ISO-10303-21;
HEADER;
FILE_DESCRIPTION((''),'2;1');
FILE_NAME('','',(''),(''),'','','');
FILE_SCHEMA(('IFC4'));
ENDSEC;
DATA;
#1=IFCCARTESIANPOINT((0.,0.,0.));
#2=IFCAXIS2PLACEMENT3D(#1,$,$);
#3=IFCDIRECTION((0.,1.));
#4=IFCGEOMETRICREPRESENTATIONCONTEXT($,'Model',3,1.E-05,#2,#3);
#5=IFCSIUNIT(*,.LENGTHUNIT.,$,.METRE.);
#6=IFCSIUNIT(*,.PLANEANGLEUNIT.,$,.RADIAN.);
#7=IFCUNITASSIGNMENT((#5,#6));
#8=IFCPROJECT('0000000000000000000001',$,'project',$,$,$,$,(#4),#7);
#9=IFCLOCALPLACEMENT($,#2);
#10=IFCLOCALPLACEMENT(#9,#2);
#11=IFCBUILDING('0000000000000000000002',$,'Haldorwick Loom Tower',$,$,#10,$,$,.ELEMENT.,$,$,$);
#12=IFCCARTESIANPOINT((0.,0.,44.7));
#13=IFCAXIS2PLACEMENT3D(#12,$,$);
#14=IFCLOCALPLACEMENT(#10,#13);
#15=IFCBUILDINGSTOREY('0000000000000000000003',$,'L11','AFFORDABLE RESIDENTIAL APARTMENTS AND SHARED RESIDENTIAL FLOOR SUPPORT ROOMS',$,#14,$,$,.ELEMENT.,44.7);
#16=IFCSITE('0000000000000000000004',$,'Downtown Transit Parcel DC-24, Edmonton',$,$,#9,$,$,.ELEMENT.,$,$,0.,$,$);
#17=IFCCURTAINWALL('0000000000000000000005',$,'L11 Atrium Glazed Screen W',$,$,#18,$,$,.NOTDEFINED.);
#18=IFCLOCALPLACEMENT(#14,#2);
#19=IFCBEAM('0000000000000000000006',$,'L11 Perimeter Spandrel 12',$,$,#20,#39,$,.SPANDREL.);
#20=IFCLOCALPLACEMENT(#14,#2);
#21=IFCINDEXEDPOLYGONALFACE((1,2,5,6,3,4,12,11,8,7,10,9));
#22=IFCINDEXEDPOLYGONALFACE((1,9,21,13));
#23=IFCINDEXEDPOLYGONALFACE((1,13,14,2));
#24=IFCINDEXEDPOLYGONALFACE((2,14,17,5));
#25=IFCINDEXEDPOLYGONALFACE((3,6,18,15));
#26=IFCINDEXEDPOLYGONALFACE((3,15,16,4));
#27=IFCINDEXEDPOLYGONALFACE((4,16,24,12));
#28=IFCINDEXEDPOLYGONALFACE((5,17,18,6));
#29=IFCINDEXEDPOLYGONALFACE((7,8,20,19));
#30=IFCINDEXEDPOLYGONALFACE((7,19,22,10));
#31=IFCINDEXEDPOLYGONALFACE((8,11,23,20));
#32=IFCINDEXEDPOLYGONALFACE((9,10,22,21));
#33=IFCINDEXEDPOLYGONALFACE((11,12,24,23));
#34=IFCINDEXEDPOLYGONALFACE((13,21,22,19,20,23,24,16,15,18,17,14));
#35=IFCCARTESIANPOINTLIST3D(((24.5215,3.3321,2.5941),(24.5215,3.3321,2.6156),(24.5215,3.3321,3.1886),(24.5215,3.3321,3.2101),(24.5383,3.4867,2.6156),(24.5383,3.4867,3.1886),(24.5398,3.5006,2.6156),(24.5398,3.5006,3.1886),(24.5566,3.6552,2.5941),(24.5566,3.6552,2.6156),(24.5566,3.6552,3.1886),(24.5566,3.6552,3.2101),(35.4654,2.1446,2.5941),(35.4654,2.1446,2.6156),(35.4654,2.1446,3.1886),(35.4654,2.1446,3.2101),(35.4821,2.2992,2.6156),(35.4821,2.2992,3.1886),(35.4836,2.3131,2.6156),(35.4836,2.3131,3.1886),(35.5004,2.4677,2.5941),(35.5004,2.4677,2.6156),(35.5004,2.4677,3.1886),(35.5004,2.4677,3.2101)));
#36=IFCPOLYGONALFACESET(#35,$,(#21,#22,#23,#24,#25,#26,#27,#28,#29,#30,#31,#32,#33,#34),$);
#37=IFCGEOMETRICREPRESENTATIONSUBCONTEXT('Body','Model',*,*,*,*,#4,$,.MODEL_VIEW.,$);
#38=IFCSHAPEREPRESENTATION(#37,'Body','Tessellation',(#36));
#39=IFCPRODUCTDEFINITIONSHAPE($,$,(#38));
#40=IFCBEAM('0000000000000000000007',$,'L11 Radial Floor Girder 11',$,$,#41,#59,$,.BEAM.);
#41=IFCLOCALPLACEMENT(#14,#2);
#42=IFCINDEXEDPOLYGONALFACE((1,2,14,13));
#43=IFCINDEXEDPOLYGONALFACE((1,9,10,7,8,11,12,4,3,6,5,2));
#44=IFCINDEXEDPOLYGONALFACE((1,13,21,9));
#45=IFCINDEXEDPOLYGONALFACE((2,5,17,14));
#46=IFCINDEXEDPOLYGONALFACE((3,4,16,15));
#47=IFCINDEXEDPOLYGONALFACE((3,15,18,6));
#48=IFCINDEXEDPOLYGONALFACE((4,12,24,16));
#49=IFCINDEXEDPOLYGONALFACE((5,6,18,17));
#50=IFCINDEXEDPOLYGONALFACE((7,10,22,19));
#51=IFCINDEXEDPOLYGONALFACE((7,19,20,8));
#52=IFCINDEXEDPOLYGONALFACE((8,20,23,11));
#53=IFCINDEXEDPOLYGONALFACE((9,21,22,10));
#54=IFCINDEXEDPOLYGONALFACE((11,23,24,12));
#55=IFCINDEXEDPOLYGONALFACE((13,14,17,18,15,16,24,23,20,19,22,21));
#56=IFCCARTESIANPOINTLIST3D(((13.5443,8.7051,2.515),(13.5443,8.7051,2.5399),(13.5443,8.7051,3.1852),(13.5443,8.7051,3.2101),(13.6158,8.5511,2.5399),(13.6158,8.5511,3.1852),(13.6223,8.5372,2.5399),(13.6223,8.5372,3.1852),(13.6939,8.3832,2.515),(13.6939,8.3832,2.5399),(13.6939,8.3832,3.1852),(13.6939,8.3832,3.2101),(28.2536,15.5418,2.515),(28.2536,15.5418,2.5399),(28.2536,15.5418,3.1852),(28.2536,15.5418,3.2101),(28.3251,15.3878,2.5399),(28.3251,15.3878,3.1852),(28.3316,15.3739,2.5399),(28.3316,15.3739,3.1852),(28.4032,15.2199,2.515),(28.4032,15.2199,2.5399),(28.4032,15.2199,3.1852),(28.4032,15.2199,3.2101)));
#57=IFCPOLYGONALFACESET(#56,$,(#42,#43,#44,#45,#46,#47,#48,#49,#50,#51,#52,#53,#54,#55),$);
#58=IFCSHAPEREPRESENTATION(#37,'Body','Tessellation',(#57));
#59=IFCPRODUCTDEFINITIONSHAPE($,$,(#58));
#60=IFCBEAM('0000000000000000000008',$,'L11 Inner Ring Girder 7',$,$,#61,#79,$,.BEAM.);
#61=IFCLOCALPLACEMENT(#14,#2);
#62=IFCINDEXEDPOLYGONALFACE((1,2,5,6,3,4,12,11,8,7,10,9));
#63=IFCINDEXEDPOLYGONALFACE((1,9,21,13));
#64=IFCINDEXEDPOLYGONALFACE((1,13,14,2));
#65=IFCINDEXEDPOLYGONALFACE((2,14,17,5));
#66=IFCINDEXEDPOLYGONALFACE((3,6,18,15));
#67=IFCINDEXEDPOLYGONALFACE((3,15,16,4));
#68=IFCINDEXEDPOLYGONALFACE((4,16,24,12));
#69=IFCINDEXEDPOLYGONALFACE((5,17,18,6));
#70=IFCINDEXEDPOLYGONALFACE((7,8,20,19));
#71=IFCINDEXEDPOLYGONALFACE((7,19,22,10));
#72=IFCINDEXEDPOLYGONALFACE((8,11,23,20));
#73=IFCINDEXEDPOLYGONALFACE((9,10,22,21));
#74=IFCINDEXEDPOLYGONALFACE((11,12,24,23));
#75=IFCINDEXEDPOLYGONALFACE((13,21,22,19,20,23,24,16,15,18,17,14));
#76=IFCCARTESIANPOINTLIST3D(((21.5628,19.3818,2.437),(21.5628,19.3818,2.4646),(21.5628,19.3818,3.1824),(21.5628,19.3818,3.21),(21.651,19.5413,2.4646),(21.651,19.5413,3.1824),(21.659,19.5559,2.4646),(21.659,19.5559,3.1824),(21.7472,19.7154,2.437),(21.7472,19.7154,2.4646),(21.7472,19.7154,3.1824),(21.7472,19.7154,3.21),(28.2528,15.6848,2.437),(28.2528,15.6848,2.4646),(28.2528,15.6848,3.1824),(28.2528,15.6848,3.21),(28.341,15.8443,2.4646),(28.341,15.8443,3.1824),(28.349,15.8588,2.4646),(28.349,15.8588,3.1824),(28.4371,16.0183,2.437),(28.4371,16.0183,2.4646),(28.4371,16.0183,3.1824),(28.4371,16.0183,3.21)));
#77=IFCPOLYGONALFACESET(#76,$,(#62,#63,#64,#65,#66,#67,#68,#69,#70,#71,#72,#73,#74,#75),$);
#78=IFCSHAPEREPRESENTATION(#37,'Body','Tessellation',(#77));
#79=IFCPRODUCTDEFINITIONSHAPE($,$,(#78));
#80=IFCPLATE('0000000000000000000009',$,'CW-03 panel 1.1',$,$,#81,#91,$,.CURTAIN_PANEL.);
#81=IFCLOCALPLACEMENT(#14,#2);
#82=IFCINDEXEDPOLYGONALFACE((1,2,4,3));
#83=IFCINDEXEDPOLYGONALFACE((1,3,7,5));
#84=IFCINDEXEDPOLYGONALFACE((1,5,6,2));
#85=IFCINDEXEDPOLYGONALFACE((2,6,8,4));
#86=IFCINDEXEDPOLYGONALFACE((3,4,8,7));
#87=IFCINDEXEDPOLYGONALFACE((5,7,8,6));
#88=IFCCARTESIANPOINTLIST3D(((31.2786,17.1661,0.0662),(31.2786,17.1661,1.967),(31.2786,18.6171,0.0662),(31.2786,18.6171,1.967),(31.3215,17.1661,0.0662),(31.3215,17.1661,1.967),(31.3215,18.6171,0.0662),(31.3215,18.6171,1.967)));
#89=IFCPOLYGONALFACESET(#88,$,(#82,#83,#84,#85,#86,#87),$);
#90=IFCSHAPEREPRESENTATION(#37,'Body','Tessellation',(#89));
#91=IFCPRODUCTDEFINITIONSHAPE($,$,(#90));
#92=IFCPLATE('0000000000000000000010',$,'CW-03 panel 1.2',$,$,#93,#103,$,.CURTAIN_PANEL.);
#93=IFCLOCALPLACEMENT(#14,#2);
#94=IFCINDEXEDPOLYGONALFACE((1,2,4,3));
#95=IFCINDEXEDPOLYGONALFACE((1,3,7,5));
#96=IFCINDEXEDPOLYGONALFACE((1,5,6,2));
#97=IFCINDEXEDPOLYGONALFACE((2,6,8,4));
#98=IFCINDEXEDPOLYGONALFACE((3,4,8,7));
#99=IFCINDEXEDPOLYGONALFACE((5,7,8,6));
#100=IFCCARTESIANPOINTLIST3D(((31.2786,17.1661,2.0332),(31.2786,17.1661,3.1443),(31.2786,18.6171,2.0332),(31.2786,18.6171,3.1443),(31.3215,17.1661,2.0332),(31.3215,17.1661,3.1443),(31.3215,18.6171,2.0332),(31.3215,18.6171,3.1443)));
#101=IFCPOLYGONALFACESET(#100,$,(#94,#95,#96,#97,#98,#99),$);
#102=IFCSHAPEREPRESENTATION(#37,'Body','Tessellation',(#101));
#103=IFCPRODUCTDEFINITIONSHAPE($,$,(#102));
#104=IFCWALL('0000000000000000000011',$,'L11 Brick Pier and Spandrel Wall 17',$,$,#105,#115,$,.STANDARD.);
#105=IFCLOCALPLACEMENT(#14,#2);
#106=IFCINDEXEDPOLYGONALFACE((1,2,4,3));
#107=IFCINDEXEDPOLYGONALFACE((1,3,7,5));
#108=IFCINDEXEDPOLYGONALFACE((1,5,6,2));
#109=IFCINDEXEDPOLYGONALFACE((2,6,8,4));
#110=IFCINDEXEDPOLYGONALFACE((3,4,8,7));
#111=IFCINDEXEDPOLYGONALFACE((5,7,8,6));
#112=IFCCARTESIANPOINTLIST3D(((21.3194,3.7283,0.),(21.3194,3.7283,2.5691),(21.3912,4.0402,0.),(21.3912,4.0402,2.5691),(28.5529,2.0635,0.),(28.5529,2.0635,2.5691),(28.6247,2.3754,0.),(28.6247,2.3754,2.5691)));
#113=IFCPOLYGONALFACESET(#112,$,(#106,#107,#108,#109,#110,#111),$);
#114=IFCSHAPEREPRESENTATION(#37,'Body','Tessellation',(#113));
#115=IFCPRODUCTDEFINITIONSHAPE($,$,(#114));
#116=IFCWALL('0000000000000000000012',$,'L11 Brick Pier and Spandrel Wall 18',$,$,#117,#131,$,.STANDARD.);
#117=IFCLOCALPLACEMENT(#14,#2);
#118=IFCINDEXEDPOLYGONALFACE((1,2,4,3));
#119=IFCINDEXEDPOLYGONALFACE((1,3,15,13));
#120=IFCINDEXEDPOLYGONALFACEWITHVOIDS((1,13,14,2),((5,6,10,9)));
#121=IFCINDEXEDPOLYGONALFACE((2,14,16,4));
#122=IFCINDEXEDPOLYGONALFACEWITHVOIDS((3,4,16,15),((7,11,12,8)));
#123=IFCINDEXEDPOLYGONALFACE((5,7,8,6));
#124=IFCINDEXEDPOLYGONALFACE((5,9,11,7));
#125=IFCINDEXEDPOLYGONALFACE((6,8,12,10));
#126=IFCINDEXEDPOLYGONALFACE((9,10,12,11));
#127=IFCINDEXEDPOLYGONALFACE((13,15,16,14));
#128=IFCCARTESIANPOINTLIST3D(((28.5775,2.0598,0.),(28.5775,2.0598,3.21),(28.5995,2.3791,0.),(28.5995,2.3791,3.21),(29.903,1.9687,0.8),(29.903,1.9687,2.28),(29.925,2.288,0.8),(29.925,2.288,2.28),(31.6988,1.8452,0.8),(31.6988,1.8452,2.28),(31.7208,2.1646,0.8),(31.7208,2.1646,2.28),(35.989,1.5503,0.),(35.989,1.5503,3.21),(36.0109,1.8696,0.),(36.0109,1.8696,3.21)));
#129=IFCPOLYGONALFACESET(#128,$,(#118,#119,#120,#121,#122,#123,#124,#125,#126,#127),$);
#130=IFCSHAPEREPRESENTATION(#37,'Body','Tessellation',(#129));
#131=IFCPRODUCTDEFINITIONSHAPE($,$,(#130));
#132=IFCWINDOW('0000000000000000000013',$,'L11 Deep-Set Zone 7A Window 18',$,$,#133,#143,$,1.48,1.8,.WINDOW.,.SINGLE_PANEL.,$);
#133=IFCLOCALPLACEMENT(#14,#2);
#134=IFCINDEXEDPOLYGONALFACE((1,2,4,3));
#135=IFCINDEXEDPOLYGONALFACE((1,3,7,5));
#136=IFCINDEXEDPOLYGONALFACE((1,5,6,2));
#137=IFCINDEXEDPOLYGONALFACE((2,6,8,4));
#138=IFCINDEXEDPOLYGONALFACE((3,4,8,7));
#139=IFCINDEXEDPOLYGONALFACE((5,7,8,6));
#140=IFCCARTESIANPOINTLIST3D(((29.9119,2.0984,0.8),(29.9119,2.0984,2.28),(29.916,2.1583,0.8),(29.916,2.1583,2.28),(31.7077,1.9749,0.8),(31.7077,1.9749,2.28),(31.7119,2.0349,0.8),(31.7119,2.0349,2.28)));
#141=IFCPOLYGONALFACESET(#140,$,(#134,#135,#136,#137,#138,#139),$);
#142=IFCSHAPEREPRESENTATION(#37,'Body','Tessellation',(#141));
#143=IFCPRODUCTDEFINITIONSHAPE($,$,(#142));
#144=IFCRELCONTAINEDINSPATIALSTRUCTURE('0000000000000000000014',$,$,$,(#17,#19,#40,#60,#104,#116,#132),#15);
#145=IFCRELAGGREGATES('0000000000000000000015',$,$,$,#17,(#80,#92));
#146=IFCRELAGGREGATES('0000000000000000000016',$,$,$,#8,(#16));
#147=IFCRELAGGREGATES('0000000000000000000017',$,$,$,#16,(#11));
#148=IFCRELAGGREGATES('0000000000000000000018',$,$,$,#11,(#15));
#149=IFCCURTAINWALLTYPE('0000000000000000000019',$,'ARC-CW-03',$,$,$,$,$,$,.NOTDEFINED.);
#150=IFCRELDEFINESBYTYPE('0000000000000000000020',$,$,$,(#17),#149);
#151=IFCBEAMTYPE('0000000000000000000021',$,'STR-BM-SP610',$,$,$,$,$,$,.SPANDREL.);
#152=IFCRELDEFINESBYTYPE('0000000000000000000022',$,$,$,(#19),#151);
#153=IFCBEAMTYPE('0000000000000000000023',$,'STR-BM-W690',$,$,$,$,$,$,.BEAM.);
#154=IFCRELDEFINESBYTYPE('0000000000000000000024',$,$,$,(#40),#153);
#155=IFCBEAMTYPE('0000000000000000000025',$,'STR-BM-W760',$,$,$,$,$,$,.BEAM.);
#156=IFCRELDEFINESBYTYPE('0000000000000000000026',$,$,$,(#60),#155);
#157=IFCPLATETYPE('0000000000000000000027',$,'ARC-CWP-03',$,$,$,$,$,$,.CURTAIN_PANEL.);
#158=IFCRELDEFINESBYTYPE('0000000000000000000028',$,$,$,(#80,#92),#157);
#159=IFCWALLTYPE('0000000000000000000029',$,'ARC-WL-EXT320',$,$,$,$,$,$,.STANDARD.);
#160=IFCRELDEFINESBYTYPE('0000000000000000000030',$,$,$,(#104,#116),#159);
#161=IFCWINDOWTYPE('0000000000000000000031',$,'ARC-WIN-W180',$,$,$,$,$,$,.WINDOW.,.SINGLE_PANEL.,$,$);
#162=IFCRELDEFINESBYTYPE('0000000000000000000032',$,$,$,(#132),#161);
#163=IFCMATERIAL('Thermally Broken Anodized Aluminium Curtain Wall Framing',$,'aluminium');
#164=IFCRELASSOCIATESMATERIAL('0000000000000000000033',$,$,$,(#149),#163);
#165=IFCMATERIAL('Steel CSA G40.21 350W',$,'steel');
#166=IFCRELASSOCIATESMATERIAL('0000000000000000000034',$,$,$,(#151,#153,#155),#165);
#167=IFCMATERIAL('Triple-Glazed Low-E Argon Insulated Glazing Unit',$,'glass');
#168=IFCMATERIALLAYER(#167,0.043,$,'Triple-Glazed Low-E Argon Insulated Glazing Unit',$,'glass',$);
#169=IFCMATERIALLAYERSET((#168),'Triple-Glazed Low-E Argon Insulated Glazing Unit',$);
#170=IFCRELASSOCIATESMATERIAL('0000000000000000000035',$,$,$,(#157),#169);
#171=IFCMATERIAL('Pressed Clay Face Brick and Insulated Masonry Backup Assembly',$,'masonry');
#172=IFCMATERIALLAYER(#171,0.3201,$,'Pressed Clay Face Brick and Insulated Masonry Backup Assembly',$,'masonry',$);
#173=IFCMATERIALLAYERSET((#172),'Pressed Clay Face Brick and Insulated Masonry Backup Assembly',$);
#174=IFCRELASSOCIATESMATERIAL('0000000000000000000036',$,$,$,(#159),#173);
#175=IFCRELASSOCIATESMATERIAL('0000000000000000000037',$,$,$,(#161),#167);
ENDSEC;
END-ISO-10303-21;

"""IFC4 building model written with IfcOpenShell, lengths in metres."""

from ifc_helpers import new_model, si_unit, direction, frame, frame_2d, origin, origin_2d, place, context, subcontext, project, spatial, rectangle, i_section, extrude, material, layer, layer_set, material_profile, profile_set, type_object, element, fill, aggregate, save


model = new_model("IFC4")

# Units and contexts
model_context = context("Model", 3, precision=1e-05, world=origin(), true_north=direction((0.0, 1.0)))
body_context = subcontext(model_context, "Body", "Model", "MODEL_VIEW")
ifc_project = project(units=[si_unit("LENGTHUNIT", "METRE"), si_unit("PLANEANGLEUNIT", "RADIAN")], contexts=[model_context])

# Site, building, storey
site_placement = place(None, origin())
site = spatial("IfcSite", under=ifc_project, at=site_placement, Name="Downtown Transit Parcel DC-24, Edmonton", CompositionType="ELEMENT", RefElevation=0.0)
building_placement = place(site_placement, origin())
building = spatial("IfcBuilding", under=site, at=building_placement, Name="Haldorwick Loom Tower", CompositionType="ELEMENT")
storey_placement = place(building_placement, frame((0.0, 0.0, 44.7)))
storey = spatial("IfcBuildingStorey", under=building, at=storey_placement, Name="L11", Description="AFFORDABLE RESIDENTIAL APARTMENTS AND SHARED RESIDENTIAL FLOOR SUPPORT ROOMS", CompositionType="ELEMENT", Elevation=44.7)

# Curtain wall
ifc_material_1 = material(Name="Thermally Broken Anodized Aluminium Curtain Wall Framing", Category="aluminium")
curtain_wall_type = type_object("IfcCurtainWallType", Name="ARC-CW-03", PredefinedType="NOTDEFINED", material=ifc_material_1)
curtain_wall_placement = place(storey_placement, origin())
curtain_wall = element("IfcCurtainWall", 1, at=curtain_wall_placement, inside=storey, type_object=curtain_wall_type, Name="L11 Atrium Glazed Screen W", PredefinedType="NOTDEFINED")

# Beams
ifc_material_2 = material(Name="Steel CSA G40.21 350W", Category="steel")
ifc_material_profile_1 = material_profile(ifc_material_2, i_section(OverallWidth=0.325, OverallDepth=0.616, WebThickness=0.0139, FlangeThickness=0.0215, at=origin_2d()), Name="W610X174", Category="steel")
ifc_profile_set_1 = profile_set([ifc_material_profile_1], Name="Steel CSA G40.21 350W")
beam_type_1 = type_object("IfcBeamType", Name="STR-BM-SP610", PredefinedType="SPANDREL", material=ifc_profile_set_1)
beam_1_placement = place(storey_placement, frame((24.5391, 3.4937, 2.9021), z_axis=(0.994164, -0.107875, 0.0), x_axis=(0.107875, 0.994164, 0.0)))
element("IfcBeam", 2, at=beam_1_placement, inside=storey, type_object=beam_type_1, Name="L11 Perimeter Spandrel 12", PredefinedType="SPANDREL", context=body_context, shape_type="SweptSolid", body=[
    extrude(i_section(OverallWidth=0.325, OverallDepth=0.616, WebThickness=0.0139, FlangeThickness=0.0215, at=origin_2d()), origin(), (0.0, 0.0, 1.0), 11.0081),
])
ifc_material_profile_2 = material_profile(ifc_material_2, i_section(OverallWidth=0.355, OverallDepth=0.6951, WebThickness=0.0154, FlangeThickness=0.0249, at=origin_2d()), Name="W690X217", Category="steel")
ifc_profile_set_2 = profile_set([ifc_material_profile_2], Name="Steel CSA G40.21 350W")
beam_type_2 = type_object("IfcBeamType", Name="STR-BM-W690", PredefinedType="BEAM", material=ifc_profile_set_2)
beam_2_placement = place(storey_placement, frame((28.3284, 15.3809, 2.8625), z_axis=(-0.906835, -0.421486, 0.0), x_axis=(0.421486, -0.906835, 0.0)))
element("IfcBeam", 3, at=beam_2_placement, inside=storey, type_object=beam_type_2, Name="L11 Radial Floor Girder 11", PredefinedType="BEAM", context=body_context, shape_type="SweptSolid", body=[
    extrude(i_section(OverallWidth=0.355, OverallDepth=0.6951, WebThickness=0.0154, FlangeThickness=0.0249, at=origin_2d()), origin(), (0.0, 0.0, 1.0), 16.2205),
])
ifc_material_profile_3 = material_profile(ifc_material_2, i_section(OverallWidth=0.3811, OverallDepth=0.7729, WebThickness=0.0166, FlangeThickness=0.0276, at=origin_2d()), Name="W760X257", Category="steel")
ifc_profile_set_3 = profile_set([ifc_material_profile_3], Name="Steel CSA G40.21 350W")
beam_type_3 = type_object("IfcBeamType", Name="STR-BM-W760", PredefinedType="BEAM", material=ifc_profile_set_3)
beam_3_placement = place(storey_placement, frame((28.345, 15.8516, 2.8235), z_axis=(-0.875244, 0.483681, 0.0), x_axis=(-0.483681, -0.875244, 0.0)))
element("IfcBeam", 4, at=beam_3_placement, inside=storey, type_object=beam_type_3, Name="L11 Inner Ring Girder 7", PredefinedType="BEAM", context=body_context, shape_type="SweptSolid", body=[
    extrude(i_section(OverallWidth=0.3811, OverallDepth=0.7729, WebThickness=0.0166, FlangeThickness=0.0276, at=origin_2d()), origin(), (0.0, 0.0, 1.0), 7.6436),
])

# Plates
ifc_material_3 = material(Name="Triple-Glazed Low-E Argon Insulated Glazing Unit", Category="glass")
ifc_layer_1 = layer(ifc_material_3, 0.043, Name="Triple-Glazed Low-E Argon Insulated Glazing Unit", Category="glass")
ifc_layer_set_1 = layer_set([ifc_layer_1], Name="Triple-Glazed Low-E Argon Insulated Glazing Unit")
plate_type = type_object("IfcPlateType", Name="ARC-CWP-03", PredefinedType="CURTAIN_PANEL", material=ifc_layer_set_1)
plate_1_placement = place(storey_placement, frame((31.3, 17.8916, 0.0662), z_axis=(0.0, 0.0, 1.0), x_axis=(0.0, 1.0, 0.0)))
plate_1 = element("IfcPlate", 5, at=plate_1_placement, type_object=plate_type, Name="CW-03 panel 1.1", PredefinedType="CURTAIN_PANEL", context=body_context, shape_type="SweptSolid", body=[
    extrude(rectangle(XDim=1.4509, YDim=0.043, at=origin_2d()), origin(), (0.0, 0.0, 1.0), 1.9009),
])
plate_2_placement = place(storey_placement, frame((31.3, 17.8916, 2.0332), z_axis=(0.0, 0.0, 1.0), x_axis=(0.0, 1.0, 0.0)))
plate_2 = element("IfcPlate", 6, at=plate_2_placement, type_object=plate_type, Name="CW-03 panel 1.2", PredefinedType="CURTAIN_PANEL", context=body_context, shape_type="SweptSolid", body=[
    extrude(rectangle(XDim=1.4509, YDim=0.043, at=origin_2d()), origin(), (0.0, 0.0, 1.0), 1.1111),
])
aggregate(curtain_wall, [plate_1, plate_2])

# Wall
ifc_material_4 = material(Name="Pressed Clay Face Brick and Insulated Masonry Backup Assembly", Category="masonry")
ifc_layer_2 = layer(ifc_material_4, 0.3201, Name="Pressed Clay Face Brick and Insulated Masonry Backup Assembly", Category="masonry")
ifc_layer_set_2 = layer_set([ifc_layer_2], Name="Pressed Clay Face Brick and Insulated Masonry Backup Assembly")
wall_type_1 = type_object("IfcWallType", Name="ARC-WL-EXT320", PredefinedType="STANDARD", material=ifc_layer_set_2)
wall_1_placement = place(storey_placement, frame((21.3552, 3.8843, 0.0), z_axis=(0.0, 0.0, 1.0), x_axis=(0.974522, -0.22429, 0.0)))
element("IfcWall", 7, at=wall_1_placement, inside=storey, type_object=wall_type_1, Name="L11 Brick Pier and Spandrel Wall 17", PredefinedType="STANDARD", context=body_context, shape_type="SweptSolid", body=[
    extrude(rectangle(XDim=7.4226, YDim=0.3201, at=frame_2d((3.7114, 0.0))), origin(), (0.0, 0.0, 1.0), 2.5691),
])

# Wall, opening, window
wall_2_placement = place(storey_placement, frame((28.5886, 2.2195, 0.0), z_axis=(0.0, 0.0, 1.0), x_axis=(0.997645, -0.068587, 0.0)))
wall_2 = element("IfcWall", 8, at=wall_2_placement, inside=storey, type_object=wall_type_1, Name="L11 Brick Pier and Spandrel Wall 18", PredefinedType="STANDARD", context=body_context, shape_type="SweptSolid", body=[
    extrude(rectangle(XDim=7.429, YDim=0.3201, at=frame_2d((3.7144, 0.0))), origin(), (0.0, 0.0, 1.0), 3.21),
])
opening_1_placement = place(wall_2_placement, frame((1.3286, 0.0, 0.8)))
opening_1 = element("IfcOpeningElement", 9, at=opening_1_placement, cuts=wall_2, PredefinedType="OPENING", context=body_context, shape_type="SweptSolid", body=[
    extrude(rectangle(XDim=1.8, YDim=1.48, at=frame_2d((0.8999, 0.74))), frame((0.0, 0.1699, 0.0), z_axis=(0.0, -1.0, 0.0), x_axis=(1.0, 0.0, 0.0)), (0.0, 0.0, 1.0), 0.3401),
])
window_type = type_object("IfcWindowType", Name="ARC-WIN-W180", PartitioningType="SINGLE_PANEL", PredefinedType="WINDOW", material=ifc_material_3)
window_placement = place(opening_1_placement, origin())
window = element("IfcWindow", 10, at=window_placement, inside=storey, type_object=window_type, Name="L11 Deep-Set Zone 7A Window 18", OverallHeight=1.48, OverallWidth=1.8, PartitioningType="SINGLE_PANEL", PredefinedType="WINDOW", context=body_context, shape_type="SweptSolid", body=[
    extrude(rectangle(XDim=1.8, YDim=1.48, at=frame_2d((0.8999, 0.74))), frame((0.0, 0.03, 0.0), z_axis=(0.0, -1.0, 0.0), x_axis=(1.0, 0.0, 0.0)), (0.0, 0.0, 1.0), 0.0601),
])
fill(opening_1, window)

save(model, "model.ifc")
